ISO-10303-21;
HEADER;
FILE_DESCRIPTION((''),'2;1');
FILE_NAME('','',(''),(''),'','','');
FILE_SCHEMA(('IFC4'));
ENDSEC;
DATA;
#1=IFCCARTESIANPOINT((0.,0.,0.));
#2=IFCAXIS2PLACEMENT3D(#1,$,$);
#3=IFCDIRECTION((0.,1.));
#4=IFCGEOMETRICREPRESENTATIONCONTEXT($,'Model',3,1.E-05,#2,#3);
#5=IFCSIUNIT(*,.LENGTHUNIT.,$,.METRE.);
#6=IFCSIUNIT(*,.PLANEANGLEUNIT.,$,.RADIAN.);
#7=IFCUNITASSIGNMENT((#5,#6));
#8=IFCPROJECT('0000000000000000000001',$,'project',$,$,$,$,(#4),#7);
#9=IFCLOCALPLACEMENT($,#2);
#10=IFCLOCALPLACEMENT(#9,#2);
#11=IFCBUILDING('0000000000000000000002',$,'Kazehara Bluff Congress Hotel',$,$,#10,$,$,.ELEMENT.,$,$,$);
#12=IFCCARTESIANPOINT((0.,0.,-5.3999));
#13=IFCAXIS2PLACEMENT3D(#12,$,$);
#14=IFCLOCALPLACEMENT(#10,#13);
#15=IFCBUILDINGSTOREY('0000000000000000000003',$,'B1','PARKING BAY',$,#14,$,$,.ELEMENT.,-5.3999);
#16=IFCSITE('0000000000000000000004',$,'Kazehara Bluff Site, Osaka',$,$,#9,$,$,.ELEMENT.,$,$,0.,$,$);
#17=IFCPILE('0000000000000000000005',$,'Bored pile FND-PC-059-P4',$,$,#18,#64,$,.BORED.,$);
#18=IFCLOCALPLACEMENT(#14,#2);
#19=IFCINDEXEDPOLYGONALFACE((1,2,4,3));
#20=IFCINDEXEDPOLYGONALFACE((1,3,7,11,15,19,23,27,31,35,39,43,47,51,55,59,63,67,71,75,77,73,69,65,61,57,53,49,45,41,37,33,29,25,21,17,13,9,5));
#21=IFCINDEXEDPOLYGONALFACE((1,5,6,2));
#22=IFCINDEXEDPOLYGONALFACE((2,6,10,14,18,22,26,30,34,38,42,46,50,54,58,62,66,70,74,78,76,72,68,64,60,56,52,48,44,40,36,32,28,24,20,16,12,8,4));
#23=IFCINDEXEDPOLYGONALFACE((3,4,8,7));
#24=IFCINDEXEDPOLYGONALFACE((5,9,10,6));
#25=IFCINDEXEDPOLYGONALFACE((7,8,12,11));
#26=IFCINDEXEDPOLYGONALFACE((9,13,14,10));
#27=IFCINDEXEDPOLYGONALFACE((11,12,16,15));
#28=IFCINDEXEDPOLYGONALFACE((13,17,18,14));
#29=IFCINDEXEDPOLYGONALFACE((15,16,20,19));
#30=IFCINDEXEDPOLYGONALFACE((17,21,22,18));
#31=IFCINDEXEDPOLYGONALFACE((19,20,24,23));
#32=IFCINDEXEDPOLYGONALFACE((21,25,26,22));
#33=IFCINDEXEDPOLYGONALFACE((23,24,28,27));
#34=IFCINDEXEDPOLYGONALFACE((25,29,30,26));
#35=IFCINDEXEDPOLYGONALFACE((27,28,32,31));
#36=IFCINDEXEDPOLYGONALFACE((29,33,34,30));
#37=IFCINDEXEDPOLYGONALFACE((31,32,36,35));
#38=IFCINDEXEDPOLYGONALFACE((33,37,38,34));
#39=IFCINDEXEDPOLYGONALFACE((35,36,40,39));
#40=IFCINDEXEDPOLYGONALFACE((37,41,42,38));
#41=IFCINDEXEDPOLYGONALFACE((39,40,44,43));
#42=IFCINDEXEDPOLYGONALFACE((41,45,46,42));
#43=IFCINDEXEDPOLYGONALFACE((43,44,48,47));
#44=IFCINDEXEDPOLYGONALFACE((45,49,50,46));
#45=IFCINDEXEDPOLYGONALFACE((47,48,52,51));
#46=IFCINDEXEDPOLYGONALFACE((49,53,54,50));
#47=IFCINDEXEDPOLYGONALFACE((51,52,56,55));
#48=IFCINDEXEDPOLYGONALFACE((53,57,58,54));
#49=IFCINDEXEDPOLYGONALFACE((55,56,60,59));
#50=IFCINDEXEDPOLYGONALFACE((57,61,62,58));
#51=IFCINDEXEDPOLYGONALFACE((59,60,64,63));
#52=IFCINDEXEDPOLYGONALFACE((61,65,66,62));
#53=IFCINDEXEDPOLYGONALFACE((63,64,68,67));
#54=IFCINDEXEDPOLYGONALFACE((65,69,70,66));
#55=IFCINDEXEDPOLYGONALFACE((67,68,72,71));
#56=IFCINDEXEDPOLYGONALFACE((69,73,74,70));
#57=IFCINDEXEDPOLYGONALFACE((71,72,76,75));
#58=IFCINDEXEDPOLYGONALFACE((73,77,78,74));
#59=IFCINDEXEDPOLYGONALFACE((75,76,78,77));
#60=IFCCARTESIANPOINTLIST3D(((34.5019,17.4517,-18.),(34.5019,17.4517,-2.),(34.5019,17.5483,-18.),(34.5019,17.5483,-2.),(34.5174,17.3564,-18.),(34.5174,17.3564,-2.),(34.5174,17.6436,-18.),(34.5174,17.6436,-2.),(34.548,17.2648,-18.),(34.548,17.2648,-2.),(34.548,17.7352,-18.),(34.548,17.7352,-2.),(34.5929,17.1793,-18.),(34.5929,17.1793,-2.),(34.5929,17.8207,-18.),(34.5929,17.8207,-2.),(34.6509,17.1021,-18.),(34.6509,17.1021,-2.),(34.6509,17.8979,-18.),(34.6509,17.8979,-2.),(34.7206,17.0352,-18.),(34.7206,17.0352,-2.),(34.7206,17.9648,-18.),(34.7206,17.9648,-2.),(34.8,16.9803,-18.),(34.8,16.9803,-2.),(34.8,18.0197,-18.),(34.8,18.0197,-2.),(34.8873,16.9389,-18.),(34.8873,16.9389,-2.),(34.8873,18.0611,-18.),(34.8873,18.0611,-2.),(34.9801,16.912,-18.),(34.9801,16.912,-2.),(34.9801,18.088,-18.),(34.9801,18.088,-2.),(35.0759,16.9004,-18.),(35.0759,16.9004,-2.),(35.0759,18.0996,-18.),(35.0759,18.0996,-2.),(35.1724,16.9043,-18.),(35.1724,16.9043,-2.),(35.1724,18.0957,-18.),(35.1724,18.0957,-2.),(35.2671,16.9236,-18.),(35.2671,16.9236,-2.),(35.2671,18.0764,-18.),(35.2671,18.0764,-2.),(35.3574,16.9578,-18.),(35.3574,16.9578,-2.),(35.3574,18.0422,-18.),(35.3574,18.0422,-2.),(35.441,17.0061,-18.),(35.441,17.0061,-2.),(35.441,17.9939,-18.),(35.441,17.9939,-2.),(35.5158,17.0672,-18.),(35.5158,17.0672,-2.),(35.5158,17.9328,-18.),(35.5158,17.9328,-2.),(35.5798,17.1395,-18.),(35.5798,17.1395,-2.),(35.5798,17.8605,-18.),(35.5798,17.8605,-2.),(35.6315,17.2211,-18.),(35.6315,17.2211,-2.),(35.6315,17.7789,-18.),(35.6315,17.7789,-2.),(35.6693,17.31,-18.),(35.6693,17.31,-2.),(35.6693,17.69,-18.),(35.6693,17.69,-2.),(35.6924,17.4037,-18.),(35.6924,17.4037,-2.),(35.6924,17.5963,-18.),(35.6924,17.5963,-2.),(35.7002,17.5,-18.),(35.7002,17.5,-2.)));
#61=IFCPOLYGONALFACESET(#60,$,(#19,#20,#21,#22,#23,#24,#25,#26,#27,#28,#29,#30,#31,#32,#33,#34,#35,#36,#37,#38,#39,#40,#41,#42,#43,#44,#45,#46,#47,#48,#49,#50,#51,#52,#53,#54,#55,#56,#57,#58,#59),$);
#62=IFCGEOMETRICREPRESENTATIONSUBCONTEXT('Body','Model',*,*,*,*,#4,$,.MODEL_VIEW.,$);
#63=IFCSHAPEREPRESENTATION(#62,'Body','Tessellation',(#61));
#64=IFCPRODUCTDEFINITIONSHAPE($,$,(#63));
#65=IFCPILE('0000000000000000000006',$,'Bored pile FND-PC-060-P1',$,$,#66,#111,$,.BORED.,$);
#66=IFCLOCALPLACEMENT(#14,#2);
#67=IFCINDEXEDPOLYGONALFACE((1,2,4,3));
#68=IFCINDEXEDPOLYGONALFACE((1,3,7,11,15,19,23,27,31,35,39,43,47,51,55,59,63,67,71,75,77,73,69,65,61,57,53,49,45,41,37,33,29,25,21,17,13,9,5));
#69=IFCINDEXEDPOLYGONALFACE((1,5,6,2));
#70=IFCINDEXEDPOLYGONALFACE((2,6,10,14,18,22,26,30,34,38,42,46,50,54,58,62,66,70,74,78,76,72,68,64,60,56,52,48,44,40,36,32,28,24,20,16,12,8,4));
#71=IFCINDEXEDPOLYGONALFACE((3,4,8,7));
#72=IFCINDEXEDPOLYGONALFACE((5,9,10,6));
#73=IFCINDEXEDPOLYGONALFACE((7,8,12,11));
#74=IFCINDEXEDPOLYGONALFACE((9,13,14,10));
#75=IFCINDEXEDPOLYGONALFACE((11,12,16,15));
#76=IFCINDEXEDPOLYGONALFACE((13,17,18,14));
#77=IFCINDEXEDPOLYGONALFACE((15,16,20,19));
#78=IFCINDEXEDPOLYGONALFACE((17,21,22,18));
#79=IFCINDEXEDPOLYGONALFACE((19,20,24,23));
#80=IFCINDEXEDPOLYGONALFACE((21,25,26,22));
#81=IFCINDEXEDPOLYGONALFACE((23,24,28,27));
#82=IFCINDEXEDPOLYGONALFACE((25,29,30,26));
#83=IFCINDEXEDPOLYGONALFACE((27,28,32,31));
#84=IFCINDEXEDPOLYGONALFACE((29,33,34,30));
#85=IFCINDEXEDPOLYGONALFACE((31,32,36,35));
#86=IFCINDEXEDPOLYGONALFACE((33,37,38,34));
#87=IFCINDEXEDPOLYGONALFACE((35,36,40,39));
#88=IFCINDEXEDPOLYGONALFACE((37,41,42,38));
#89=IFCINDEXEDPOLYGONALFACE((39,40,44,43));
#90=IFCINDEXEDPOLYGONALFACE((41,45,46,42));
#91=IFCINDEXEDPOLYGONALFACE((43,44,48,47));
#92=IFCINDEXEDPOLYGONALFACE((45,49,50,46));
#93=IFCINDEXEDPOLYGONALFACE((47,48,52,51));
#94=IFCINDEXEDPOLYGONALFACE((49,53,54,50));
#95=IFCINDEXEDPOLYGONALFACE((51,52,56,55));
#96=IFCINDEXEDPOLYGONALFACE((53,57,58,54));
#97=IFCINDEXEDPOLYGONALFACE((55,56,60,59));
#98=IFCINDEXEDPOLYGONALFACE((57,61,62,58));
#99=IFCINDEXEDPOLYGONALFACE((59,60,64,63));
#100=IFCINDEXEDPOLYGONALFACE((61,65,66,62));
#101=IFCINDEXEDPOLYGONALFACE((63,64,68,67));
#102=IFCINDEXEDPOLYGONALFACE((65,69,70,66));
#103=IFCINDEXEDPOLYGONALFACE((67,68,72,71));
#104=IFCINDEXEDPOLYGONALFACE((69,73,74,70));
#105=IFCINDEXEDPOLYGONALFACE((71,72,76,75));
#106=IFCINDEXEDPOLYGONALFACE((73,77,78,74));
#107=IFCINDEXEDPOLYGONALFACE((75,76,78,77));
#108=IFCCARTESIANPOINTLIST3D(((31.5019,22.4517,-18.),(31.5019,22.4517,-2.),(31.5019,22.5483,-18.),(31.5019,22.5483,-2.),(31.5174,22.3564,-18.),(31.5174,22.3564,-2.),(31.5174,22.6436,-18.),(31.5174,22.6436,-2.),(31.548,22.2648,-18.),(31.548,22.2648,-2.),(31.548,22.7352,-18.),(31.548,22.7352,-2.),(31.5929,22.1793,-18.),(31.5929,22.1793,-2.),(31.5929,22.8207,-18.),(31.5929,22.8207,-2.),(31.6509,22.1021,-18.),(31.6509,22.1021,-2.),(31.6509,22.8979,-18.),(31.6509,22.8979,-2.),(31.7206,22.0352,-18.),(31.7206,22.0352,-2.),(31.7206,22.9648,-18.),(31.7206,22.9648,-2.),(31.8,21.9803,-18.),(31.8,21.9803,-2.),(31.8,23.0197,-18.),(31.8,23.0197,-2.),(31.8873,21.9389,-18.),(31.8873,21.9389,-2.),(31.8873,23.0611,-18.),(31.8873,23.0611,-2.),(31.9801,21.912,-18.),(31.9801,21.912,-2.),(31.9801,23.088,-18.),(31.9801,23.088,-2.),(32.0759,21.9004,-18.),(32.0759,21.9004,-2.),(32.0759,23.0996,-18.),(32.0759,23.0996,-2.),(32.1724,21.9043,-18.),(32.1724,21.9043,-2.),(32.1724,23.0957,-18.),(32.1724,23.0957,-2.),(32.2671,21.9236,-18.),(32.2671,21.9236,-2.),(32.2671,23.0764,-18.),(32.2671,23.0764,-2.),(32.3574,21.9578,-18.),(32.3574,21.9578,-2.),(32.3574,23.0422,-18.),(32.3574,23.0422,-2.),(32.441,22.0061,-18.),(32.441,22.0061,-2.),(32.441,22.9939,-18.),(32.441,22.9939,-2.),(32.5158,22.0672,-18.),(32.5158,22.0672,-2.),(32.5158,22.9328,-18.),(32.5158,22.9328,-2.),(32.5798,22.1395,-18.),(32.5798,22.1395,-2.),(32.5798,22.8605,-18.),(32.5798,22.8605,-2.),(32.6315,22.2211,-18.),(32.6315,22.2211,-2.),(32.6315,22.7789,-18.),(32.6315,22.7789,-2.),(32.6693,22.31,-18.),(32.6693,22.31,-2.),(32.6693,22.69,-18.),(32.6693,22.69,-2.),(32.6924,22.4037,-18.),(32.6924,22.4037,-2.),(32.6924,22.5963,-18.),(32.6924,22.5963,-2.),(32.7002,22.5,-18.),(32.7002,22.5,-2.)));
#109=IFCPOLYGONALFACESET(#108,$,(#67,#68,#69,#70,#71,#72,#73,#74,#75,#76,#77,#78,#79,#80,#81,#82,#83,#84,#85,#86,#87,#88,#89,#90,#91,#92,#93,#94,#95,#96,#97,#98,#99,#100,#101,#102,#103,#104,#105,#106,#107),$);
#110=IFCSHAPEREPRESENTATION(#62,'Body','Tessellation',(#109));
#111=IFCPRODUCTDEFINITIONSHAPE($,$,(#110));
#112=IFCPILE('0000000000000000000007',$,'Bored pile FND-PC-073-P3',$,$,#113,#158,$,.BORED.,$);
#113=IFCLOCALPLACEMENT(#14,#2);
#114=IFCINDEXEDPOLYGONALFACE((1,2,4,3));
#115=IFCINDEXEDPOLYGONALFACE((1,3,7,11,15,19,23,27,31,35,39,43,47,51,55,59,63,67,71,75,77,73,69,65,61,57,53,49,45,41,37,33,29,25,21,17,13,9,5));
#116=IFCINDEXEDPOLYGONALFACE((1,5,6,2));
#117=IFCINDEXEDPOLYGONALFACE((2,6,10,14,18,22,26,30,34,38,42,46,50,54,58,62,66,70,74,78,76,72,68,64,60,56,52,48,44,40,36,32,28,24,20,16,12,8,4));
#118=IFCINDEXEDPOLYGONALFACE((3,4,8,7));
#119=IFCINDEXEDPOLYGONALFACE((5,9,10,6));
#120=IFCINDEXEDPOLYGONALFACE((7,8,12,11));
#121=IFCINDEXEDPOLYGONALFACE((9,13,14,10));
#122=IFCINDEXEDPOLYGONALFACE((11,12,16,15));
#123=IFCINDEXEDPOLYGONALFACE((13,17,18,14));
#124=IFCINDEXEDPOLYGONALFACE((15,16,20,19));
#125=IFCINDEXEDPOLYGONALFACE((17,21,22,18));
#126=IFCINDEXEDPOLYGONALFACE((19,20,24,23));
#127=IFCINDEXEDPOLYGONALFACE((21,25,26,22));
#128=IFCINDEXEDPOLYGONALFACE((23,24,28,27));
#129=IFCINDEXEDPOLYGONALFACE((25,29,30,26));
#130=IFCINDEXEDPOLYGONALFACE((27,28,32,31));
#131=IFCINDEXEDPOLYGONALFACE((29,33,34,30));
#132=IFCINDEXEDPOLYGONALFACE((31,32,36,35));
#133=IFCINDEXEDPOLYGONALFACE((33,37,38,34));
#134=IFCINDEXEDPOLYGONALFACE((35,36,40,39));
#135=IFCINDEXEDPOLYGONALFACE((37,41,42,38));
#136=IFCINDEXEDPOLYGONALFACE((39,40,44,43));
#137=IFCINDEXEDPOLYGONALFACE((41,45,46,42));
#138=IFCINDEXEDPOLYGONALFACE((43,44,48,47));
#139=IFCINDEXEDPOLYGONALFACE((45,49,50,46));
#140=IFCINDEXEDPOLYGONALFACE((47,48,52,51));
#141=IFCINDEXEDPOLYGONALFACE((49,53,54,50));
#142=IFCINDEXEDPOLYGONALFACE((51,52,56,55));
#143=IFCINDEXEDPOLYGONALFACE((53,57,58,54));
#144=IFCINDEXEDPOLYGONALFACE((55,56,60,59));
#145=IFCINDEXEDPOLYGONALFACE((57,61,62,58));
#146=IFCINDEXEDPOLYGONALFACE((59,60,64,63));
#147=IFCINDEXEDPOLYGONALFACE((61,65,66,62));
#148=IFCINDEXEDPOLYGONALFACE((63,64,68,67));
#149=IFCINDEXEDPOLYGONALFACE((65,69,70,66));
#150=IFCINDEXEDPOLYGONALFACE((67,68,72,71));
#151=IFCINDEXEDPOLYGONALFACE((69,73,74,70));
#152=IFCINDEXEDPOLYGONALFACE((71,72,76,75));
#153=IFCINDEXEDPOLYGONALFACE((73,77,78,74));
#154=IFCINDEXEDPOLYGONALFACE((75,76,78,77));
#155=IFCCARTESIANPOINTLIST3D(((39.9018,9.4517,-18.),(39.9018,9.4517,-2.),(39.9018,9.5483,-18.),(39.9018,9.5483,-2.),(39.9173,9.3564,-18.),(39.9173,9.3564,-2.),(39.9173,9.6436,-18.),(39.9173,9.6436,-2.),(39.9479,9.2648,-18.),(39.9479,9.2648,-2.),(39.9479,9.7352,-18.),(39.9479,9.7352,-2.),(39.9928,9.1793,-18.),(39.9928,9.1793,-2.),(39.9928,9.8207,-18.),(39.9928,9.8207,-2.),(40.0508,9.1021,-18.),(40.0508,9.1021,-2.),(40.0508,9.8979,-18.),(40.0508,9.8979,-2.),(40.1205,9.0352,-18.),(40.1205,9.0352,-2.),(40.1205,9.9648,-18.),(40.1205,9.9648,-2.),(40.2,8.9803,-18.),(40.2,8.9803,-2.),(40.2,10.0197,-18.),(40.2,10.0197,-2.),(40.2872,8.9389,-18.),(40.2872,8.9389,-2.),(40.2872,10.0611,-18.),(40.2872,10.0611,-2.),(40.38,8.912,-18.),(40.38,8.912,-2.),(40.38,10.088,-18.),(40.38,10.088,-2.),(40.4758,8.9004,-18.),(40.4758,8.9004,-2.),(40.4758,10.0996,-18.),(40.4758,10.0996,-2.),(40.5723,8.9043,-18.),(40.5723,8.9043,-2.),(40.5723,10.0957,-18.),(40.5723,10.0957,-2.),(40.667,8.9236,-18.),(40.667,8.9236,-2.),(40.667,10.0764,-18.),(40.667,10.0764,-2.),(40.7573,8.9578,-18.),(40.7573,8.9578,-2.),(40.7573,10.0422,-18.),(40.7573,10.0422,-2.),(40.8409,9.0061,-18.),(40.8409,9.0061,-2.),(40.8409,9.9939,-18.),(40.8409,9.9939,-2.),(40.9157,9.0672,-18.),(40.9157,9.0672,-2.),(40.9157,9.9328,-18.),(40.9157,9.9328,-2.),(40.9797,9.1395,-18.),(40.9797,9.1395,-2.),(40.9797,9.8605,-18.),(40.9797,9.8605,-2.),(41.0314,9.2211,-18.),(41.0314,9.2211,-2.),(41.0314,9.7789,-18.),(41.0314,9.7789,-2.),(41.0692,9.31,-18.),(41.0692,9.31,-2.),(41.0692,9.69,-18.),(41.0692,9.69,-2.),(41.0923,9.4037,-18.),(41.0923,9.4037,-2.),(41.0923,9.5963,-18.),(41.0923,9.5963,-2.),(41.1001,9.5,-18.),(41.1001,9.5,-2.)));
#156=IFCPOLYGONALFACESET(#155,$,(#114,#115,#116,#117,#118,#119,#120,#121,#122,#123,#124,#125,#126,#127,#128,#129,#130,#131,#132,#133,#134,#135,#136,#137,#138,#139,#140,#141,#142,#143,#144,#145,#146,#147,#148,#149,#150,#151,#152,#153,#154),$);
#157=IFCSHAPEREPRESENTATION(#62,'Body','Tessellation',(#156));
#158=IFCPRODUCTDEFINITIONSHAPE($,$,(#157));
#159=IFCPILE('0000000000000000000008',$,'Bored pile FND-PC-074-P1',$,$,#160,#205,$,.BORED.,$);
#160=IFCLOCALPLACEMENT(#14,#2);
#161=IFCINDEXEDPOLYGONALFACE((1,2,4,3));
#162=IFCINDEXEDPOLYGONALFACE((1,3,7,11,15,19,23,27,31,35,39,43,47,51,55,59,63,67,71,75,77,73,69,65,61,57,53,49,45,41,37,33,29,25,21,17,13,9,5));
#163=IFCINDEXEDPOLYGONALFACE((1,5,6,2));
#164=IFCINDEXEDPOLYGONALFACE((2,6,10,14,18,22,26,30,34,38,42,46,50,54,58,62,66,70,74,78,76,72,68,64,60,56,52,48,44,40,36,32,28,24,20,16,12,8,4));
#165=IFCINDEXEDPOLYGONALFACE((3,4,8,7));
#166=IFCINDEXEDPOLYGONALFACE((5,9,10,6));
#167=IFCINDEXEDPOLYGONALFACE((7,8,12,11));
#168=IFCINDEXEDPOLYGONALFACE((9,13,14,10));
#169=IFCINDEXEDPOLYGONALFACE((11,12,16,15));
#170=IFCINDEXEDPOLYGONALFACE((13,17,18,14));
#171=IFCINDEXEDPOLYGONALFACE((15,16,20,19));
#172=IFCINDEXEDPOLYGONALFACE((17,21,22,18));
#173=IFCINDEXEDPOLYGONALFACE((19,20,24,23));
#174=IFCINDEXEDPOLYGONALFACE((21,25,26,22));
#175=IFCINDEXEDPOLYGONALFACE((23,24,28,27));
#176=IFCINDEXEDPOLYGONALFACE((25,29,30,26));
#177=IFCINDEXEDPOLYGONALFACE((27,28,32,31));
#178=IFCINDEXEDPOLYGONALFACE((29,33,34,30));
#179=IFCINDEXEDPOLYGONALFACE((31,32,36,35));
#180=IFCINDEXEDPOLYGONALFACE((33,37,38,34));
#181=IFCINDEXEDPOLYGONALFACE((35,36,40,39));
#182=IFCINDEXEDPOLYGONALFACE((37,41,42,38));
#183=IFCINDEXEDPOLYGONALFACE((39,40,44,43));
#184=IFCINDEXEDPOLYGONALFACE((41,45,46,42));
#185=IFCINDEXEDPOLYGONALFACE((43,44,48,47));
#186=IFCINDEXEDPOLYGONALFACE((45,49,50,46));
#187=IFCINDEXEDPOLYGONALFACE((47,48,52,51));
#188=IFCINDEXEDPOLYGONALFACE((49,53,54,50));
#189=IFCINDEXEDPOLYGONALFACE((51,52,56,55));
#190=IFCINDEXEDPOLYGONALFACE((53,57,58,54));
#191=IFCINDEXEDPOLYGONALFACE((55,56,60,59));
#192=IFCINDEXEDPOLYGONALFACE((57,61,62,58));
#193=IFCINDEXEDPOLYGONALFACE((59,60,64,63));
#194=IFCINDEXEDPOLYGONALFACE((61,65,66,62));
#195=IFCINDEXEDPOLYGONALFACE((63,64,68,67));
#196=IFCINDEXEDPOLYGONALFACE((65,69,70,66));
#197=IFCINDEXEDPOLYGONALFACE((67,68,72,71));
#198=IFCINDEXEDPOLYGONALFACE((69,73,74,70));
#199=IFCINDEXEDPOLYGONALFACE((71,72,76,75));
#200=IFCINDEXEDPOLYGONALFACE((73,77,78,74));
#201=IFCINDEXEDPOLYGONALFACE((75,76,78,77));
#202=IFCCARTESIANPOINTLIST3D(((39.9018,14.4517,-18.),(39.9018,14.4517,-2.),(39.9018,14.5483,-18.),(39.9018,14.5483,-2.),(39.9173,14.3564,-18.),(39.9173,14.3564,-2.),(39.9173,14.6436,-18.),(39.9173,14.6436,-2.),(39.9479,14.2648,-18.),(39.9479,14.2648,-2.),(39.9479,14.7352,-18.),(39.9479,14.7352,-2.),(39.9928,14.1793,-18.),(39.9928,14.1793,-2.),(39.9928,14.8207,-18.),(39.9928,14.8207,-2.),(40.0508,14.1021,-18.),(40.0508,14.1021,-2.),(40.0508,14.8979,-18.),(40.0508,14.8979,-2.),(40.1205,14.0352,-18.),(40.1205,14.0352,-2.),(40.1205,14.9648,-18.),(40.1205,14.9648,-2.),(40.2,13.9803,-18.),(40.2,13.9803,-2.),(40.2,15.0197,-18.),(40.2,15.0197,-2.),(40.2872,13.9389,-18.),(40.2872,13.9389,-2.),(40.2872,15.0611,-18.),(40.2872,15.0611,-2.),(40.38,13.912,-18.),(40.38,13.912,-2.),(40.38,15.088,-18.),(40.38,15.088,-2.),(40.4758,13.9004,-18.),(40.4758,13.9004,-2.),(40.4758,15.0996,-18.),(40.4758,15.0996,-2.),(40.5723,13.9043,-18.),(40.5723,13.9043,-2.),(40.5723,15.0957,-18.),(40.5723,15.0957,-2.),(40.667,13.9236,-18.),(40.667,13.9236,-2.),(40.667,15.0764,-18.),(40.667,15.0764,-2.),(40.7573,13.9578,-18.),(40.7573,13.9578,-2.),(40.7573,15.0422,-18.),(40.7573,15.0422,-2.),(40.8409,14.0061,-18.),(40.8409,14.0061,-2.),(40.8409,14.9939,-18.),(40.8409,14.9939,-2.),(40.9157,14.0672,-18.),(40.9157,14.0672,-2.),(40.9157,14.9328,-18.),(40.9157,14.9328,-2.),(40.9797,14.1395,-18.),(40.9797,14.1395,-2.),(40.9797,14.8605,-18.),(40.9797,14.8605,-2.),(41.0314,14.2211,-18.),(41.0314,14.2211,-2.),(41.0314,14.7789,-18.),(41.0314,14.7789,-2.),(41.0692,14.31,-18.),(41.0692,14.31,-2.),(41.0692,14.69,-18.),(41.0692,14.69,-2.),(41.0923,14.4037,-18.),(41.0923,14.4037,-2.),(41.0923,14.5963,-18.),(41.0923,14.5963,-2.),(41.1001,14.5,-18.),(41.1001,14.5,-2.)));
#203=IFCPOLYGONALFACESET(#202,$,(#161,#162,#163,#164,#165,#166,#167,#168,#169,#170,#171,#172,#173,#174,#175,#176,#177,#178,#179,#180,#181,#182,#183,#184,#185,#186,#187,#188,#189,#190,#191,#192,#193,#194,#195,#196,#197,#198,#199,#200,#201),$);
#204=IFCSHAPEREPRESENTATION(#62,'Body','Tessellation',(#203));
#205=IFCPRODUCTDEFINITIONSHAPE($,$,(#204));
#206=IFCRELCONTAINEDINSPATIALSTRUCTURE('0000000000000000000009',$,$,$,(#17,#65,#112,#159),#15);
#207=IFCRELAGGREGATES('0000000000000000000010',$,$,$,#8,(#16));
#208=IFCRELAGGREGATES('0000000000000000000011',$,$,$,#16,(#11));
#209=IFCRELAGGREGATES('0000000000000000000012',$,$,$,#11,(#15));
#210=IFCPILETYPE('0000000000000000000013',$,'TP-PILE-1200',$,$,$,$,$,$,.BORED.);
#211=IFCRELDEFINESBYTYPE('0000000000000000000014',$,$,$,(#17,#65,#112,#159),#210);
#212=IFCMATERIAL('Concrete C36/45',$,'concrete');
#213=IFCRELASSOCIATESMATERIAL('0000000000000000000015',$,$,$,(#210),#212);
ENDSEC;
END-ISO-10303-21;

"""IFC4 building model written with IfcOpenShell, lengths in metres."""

from ifc_helpers import new_model, si_unit, direction, frame, origin, origin_2d, place, context, subcontext, project, spatial, circle, extrude, material, material_profile, profile_set, type_object, element, save


model = new_model("IFC4")

# Units and contexts
model_context = context("Model", 3, precision=1e-05, world=origin(), true_north=direction((0.0, 1.0)))
body_context = subcontext(model_context, "Body", "Model", "MODEL_VIEW")
ifc_project = project(units=[si_unit("LENGTHUNIT", "METRE"), si_unit("PLANEANGLEUNIT", "RADIAN")], contexts=[model_context])

# Site, building, storey
site_placement = place(None, origin())
site = spatial("IfcSite", under=ifc_project, at=site_placement, Name="Kazehara Bluff Site, Osaka", CompositionType="ELEMENT", RefElevation=0.0)
building_placement = place(site_placement, origin())
building = spatial("IfcBuilding", under=site, at=building_placement, Name="Kazehara Bluff Congress Hotel", CompositionType="ELEMENT")
storey_placement = place(building_placement, frame((0.0, 0.0, -5.3999)))
storey = spatial("IfcBuildingStorey", under=building, at=storey_placement, Name="B1", Description="PARKING BAY", CompositionType="ELEMENT", Elevation=-5.3999)

# Piles
ifc_material_1 = material(Name="Concrete C36/45", Category="concrete")
ifc_material_profile_1 = material_profile(ifc_material_1, circle(Radius=0.6001, at=origin_2d()))
ifc_profile_set_1 = profile_set([ifc_material_profile_1], Name="Concrete C36/45")
pile_type = type_object("IfcPileType", Name="TP-PILE-1200", PredefinedType="BORED", material=ifc_profile_set_1)
for number, where, z_axis, x_axis, name in (
    (1, (35.1001, 17.5, -2.0), (0.0, 0.0, -1.0), (1.0, 0.0, 0.0), "Bored pile FND-PC-059-P4"),
    (2, (32.1001, 22.5, -2.0), (0.0, 0.0, -1.0), (1.0, 0.0, 0.0), "Bored pile FND-PC-060-P1"),
    (3, (40.5, 9.5, -2.0), (0.0, 0.0, -1.0), (1.0, 0.0, 0.0), "Bored pile FND-PC-073-P3"),
    (4, (40.5, 14.5, -2.0), (0.0, 0.0, -1.0), (1.0, 0.0, 0.0), "Bored pile FND-PC-074-P1"),
):
    element("IfcPile", number, at=place(storey_placement, frame(where, z_axis=z_axis, x_axis=x_axis)), inside=storey, type_object=pile_type, Name=name, PredefinedType="BORED", context=body_context, shape_type="SweptSolid", body=[
        extrude(circle(Radius=0.6001, at=origin_2d()), origin(), (0.0, 0.0, 1.0), 16.0),
    ])

save(model, "model.ifc")
